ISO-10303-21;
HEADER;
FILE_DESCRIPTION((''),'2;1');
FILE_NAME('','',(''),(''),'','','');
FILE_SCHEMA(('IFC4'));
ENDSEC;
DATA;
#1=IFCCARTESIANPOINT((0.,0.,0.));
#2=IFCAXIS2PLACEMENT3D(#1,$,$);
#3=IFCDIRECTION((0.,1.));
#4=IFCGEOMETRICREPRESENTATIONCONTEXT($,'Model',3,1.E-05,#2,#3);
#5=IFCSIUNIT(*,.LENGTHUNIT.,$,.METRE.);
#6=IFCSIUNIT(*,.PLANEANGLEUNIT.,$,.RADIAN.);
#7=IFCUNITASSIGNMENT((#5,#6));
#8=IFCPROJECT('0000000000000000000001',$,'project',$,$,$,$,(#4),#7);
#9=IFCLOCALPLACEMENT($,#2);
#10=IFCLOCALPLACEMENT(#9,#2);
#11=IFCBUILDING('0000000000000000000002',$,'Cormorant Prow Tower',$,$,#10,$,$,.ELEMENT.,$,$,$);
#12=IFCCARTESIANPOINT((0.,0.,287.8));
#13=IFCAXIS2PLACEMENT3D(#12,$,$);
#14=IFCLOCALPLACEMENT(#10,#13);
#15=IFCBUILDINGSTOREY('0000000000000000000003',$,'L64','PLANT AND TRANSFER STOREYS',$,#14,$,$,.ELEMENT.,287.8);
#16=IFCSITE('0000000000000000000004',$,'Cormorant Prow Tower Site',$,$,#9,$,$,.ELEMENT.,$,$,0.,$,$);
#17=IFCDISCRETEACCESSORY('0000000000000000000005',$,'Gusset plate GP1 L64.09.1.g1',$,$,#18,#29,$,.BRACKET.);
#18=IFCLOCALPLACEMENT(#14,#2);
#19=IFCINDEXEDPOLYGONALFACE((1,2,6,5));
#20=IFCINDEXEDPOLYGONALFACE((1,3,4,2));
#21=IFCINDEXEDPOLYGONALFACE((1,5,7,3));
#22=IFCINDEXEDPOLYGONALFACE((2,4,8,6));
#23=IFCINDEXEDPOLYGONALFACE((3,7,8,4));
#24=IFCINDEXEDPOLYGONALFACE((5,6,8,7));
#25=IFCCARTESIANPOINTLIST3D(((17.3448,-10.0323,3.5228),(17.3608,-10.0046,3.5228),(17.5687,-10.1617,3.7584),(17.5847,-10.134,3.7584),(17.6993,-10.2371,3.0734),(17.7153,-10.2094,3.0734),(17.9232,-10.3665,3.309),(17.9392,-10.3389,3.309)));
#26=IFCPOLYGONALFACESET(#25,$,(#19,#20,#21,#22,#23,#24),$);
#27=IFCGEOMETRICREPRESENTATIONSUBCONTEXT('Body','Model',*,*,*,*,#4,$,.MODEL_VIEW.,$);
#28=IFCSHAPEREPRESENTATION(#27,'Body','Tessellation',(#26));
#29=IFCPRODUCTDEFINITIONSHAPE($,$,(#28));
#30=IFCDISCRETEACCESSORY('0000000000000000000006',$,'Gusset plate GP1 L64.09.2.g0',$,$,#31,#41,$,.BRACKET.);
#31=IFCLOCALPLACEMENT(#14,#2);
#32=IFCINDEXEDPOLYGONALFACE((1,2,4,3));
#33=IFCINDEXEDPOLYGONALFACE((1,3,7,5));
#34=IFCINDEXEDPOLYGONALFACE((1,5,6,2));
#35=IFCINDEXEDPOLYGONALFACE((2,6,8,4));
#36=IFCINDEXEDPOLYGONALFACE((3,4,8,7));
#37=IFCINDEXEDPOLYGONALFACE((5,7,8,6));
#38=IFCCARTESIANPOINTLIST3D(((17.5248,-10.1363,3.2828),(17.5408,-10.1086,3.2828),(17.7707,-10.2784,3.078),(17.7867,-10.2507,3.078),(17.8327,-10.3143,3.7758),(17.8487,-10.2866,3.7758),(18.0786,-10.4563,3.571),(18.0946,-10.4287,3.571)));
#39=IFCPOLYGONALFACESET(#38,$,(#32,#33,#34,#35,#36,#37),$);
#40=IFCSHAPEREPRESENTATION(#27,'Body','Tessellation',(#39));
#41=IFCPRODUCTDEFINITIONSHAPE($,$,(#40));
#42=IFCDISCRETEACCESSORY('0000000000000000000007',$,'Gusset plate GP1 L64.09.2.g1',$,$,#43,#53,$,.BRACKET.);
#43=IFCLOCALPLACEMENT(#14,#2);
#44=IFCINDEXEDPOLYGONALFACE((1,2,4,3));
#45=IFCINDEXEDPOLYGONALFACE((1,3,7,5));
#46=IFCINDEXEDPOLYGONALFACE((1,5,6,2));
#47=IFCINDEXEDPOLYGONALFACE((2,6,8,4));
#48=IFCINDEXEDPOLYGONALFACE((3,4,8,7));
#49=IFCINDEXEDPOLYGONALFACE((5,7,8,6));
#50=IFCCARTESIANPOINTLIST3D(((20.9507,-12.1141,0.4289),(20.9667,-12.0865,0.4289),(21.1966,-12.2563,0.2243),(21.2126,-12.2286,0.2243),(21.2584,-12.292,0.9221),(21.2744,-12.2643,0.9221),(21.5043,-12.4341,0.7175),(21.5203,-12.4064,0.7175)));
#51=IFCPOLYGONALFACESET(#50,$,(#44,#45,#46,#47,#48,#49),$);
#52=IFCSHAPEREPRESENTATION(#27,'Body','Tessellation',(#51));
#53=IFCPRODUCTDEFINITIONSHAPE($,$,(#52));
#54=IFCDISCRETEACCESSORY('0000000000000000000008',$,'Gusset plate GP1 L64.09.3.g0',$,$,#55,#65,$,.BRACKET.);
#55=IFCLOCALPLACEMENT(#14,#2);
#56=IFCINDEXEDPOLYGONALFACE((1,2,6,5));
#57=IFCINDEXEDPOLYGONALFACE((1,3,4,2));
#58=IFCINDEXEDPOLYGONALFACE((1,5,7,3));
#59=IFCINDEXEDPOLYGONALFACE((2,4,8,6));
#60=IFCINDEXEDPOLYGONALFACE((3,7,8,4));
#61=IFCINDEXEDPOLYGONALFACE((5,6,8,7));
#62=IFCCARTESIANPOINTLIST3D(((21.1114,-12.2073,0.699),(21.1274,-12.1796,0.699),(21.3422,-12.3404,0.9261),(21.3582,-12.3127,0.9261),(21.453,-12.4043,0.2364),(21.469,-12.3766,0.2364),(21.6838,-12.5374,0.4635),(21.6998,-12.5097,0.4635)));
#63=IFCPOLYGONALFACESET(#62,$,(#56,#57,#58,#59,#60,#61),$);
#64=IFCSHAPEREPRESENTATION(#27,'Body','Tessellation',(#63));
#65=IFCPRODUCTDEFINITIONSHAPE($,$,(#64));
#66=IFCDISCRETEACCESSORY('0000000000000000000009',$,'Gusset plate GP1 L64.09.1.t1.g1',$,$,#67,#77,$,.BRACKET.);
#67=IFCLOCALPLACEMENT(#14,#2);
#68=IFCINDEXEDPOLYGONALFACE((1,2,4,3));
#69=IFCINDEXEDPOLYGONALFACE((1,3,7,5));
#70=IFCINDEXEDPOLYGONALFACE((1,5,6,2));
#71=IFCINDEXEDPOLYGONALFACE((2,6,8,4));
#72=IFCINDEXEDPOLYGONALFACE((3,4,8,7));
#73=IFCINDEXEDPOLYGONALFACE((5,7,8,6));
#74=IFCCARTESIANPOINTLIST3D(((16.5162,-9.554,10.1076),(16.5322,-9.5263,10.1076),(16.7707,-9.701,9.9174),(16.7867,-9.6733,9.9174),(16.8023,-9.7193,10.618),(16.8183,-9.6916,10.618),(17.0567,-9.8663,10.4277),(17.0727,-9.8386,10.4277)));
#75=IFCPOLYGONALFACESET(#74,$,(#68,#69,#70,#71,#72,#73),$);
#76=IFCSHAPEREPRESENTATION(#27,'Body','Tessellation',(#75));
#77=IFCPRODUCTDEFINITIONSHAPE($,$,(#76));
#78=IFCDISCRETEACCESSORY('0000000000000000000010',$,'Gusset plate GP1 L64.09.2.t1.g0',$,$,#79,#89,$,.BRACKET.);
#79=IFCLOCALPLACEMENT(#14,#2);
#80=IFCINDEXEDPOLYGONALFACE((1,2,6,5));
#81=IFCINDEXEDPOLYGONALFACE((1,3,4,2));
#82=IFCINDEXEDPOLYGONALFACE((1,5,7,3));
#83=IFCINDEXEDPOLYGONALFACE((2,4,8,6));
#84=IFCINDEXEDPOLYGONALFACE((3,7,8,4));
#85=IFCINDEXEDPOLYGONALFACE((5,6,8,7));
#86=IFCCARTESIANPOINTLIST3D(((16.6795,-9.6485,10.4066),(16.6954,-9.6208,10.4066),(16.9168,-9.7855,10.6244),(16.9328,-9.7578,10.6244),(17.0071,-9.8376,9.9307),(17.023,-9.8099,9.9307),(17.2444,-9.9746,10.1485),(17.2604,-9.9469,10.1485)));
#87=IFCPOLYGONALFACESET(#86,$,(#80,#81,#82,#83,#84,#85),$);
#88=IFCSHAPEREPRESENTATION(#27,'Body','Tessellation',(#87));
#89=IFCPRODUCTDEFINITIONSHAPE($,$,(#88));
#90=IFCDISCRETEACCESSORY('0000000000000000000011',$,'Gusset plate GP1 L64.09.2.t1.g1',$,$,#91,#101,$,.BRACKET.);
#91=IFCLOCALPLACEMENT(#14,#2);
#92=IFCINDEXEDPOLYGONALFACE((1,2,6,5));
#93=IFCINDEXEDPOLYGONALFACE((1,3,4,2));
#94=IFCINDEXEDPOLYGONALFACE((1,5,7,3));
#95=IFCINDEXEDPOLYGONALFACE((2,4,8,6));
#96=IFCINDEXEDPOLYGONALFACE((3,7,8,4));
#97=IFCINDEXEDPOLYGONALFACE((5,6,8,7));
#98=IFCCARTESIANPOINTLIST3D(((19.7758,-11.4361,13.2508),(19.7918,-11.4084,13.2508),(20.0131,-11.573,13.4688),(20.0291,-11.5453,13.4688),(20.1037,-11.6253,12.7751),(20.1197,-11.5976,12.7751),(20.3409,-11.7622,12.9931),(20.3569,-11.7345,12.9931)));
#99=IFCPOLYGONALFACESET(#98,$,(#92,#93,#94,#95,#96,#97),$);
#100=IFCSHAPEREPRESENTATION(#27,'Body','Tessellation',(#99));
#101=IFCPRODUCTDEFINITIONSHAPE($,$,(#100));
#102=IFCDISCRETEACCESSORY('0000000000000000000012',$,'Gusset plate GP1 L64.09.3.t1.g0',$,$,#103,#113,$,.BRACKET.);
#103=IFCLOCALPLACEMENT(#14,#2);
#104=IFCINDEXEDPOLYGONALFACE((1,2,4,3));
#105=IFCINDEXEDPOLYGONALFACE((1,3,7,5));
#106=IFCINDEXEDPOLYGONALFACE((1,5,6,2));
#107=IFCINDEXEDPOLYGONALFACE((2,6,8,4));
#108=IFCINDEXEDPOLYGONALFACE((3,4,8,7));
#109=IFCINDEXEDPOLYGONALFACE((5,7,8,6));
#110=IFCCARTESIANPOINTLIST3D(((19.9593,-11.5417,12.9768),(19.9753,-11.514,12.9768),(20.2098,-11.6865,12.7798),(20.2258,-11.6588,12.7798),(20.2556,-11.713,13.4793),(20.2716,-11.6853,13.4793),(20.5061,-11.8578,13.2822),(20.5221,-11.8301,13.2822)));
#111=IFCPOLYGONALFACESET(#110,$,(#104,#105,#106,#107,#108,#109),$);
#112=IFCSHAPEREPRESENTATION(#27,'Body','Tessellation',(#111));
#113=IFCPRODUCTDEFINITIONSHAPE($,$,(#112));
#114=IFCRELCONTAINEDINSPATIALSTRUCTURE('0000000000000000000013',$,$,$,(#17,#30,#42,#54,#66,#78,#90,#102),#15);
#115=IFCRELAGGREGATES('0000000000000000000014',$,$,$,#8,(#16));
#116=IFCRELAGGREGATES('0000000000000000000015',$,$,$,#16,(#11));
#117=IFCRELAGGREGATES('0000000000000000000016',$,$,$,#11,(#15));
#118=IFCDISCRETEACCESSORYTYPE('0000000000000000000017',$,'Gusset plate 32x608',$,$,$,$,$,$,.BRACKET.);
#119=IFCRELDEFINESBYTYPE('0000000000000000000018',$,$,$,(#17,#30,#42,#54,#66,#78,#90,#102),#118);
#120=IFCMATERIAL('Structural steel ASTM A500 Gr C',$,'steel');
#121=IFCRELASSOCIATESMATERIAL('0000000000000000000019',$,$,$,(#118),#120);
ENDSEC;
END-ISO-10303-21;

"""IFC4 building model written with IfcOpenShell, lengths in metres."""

from ifc_helpers import new_model, si_unit, direction, frame, origin, origin_2d, place, context, subcontext, project, spatial, rectangle, extrude, material, material_profile, profile_set, type_object, element, save


model = new_model("IFC4")

# Units and contexts
model_context = context("Model", 3, precision=1e-05, world=origin(), true_north=direction((0.0, 1.0)))
body_context = subcontext(model_context, "Body", "Model", "MODEL_VIEW")
ifc_project = project(units=[si_unit("LENGTHUNIT", "METRE"), si_unit("PLANEANGLEUNIT", "RADIAN")], contexts=[model_context])

# Site, building, storey
site_placement = place(None, origin())
site = spatial("IfcSite", under=ifc_project, at=site_placement, Name="Cormorant Prow Tower Site", CompositionType="ELEMENT", RefElevation=0.0)
building_placement = place(site_placement, origin())
building = spatial("IfcBuilding", under=site, at=building_placement, Name="Cormorant Prow Tower", CompositionType="ELEMENT")
storey_placement = place(building_placement, frame((0.0, 0.0, 287.8)))
storey = spatial("IfcBuildingStorey", under=building, at=storey_placement, Name="L64", Description="PLANT AND TRANSFER STOREYS", CompositionType="ELEMENT", Elevation=287.8)

# Discrete accessories
ifc_material_1 = material(Name="Structural steel ASTM A500 Gr C", Category="steel")
ifc_material_profile_1 = material_profile(ifc_material_1, rectangle(XDim=0.032, YDim=0.6079, at=origin_2d()), Name="Gusset plate 32x608")
ifc_profile_set_1 = profile_set([ifc_material_profile_1], Name="Structural steel ASTM A500 Gr C")
discrete_accessory_type_1 = type_object("IfcDiscreteAccessoryType", Name="Gusset plate 32x608", PredefinedType="BRACKET", material=ifc_profile_set_1)
discrete_accessory_placement = place(storey_placement, frame((17.53, -10.1208, 3.2981), z_axis=(0.63999, -0.369896, 0.67349), x_axis=(0.500403, 0.865792, 0.0)))
element("IfcDiscreteAccessory", 1, at=discrete_accessory_placement, inside=storey, type_object=discrete_accessory_type_1, Name="Gusset plate GP1 L64.09.1.g1", PredefinedType="BRACKET", context=body_context, shape_type="SweptSolid", body=[
    extrude(rectangle(XDim=0.032, YDim=0.6079, at=origin_2d()), origin(), (0.0, 0.0, 1.0), 0.3499),
])
for number, where, z_axis, x_axis, name in (
    (2, (17.9326, -10.3535, 3.3245), (-0.702174, 0.405824, 0.585029), (-0.500392, -0.865799, 0.0), "Gusset plate GP1 L64.09.2.g0"),
    (3, (21.1125, -12.1892, 0.6755), (0.70246, -0.40599, -0.58457), (0.500392, 0.865799, 0.0), "Gusset plate GP1 L64.09.2.g1"),
    (4, (21.521, -12.425, 0.6948), (-0.659221, 0.380186, -0.648757), (-0.49959, -0.866262, 0.0), "Gusset plate GP1 L64.09.3.g0"),
    (5, (16.6672, -9.6228, 10.3628), (0.726877, -0.419942, -0.543414), (0.50025, 0.865881, 0.0), "Gusset plate GP1 L64.09.1.t1.g1"),
    (6, (17.0886, -9.8662, 10.3865), (-0.67802, 0.391326, -0.622216), (-0.499877, -0.866097, 0.0), "Gusset plate GP1 L64.09.2.t1.g0"),
    (7, (19.9478, -11.5168, 13.0129), (0.677726, -0.391157, 0.622643), (0.499877, 0.866097, 0.0), "Gusset plate GP1 L64.09.2.t1.g1"),
    (8, (20.366, -11.7583, 13.031), (-0.715617, 0.413607, 0.562869), (-0.500404, -0.865792, 0.0), "Gusset plate GP1 L64.09.3.t1.g0"),
):
    element("IfcDiscreteAccessory", number, at=place(storey_placement, frame(where, z_axis=z_axis, x_axis=x_axis)), inside=storey, type_object=discrete_accessory_type_1, Name=name, PredefinedType="BRACKET", context=body_context, shape_type="SweptSolid", body=[
        extrude(rectangle(XDim=0.032, YDim=0.6079, at=origin_2d()), origin(), (0.0, 0.0, 1.0), 0.3501),
    ])

save(model, "model.ifc")
